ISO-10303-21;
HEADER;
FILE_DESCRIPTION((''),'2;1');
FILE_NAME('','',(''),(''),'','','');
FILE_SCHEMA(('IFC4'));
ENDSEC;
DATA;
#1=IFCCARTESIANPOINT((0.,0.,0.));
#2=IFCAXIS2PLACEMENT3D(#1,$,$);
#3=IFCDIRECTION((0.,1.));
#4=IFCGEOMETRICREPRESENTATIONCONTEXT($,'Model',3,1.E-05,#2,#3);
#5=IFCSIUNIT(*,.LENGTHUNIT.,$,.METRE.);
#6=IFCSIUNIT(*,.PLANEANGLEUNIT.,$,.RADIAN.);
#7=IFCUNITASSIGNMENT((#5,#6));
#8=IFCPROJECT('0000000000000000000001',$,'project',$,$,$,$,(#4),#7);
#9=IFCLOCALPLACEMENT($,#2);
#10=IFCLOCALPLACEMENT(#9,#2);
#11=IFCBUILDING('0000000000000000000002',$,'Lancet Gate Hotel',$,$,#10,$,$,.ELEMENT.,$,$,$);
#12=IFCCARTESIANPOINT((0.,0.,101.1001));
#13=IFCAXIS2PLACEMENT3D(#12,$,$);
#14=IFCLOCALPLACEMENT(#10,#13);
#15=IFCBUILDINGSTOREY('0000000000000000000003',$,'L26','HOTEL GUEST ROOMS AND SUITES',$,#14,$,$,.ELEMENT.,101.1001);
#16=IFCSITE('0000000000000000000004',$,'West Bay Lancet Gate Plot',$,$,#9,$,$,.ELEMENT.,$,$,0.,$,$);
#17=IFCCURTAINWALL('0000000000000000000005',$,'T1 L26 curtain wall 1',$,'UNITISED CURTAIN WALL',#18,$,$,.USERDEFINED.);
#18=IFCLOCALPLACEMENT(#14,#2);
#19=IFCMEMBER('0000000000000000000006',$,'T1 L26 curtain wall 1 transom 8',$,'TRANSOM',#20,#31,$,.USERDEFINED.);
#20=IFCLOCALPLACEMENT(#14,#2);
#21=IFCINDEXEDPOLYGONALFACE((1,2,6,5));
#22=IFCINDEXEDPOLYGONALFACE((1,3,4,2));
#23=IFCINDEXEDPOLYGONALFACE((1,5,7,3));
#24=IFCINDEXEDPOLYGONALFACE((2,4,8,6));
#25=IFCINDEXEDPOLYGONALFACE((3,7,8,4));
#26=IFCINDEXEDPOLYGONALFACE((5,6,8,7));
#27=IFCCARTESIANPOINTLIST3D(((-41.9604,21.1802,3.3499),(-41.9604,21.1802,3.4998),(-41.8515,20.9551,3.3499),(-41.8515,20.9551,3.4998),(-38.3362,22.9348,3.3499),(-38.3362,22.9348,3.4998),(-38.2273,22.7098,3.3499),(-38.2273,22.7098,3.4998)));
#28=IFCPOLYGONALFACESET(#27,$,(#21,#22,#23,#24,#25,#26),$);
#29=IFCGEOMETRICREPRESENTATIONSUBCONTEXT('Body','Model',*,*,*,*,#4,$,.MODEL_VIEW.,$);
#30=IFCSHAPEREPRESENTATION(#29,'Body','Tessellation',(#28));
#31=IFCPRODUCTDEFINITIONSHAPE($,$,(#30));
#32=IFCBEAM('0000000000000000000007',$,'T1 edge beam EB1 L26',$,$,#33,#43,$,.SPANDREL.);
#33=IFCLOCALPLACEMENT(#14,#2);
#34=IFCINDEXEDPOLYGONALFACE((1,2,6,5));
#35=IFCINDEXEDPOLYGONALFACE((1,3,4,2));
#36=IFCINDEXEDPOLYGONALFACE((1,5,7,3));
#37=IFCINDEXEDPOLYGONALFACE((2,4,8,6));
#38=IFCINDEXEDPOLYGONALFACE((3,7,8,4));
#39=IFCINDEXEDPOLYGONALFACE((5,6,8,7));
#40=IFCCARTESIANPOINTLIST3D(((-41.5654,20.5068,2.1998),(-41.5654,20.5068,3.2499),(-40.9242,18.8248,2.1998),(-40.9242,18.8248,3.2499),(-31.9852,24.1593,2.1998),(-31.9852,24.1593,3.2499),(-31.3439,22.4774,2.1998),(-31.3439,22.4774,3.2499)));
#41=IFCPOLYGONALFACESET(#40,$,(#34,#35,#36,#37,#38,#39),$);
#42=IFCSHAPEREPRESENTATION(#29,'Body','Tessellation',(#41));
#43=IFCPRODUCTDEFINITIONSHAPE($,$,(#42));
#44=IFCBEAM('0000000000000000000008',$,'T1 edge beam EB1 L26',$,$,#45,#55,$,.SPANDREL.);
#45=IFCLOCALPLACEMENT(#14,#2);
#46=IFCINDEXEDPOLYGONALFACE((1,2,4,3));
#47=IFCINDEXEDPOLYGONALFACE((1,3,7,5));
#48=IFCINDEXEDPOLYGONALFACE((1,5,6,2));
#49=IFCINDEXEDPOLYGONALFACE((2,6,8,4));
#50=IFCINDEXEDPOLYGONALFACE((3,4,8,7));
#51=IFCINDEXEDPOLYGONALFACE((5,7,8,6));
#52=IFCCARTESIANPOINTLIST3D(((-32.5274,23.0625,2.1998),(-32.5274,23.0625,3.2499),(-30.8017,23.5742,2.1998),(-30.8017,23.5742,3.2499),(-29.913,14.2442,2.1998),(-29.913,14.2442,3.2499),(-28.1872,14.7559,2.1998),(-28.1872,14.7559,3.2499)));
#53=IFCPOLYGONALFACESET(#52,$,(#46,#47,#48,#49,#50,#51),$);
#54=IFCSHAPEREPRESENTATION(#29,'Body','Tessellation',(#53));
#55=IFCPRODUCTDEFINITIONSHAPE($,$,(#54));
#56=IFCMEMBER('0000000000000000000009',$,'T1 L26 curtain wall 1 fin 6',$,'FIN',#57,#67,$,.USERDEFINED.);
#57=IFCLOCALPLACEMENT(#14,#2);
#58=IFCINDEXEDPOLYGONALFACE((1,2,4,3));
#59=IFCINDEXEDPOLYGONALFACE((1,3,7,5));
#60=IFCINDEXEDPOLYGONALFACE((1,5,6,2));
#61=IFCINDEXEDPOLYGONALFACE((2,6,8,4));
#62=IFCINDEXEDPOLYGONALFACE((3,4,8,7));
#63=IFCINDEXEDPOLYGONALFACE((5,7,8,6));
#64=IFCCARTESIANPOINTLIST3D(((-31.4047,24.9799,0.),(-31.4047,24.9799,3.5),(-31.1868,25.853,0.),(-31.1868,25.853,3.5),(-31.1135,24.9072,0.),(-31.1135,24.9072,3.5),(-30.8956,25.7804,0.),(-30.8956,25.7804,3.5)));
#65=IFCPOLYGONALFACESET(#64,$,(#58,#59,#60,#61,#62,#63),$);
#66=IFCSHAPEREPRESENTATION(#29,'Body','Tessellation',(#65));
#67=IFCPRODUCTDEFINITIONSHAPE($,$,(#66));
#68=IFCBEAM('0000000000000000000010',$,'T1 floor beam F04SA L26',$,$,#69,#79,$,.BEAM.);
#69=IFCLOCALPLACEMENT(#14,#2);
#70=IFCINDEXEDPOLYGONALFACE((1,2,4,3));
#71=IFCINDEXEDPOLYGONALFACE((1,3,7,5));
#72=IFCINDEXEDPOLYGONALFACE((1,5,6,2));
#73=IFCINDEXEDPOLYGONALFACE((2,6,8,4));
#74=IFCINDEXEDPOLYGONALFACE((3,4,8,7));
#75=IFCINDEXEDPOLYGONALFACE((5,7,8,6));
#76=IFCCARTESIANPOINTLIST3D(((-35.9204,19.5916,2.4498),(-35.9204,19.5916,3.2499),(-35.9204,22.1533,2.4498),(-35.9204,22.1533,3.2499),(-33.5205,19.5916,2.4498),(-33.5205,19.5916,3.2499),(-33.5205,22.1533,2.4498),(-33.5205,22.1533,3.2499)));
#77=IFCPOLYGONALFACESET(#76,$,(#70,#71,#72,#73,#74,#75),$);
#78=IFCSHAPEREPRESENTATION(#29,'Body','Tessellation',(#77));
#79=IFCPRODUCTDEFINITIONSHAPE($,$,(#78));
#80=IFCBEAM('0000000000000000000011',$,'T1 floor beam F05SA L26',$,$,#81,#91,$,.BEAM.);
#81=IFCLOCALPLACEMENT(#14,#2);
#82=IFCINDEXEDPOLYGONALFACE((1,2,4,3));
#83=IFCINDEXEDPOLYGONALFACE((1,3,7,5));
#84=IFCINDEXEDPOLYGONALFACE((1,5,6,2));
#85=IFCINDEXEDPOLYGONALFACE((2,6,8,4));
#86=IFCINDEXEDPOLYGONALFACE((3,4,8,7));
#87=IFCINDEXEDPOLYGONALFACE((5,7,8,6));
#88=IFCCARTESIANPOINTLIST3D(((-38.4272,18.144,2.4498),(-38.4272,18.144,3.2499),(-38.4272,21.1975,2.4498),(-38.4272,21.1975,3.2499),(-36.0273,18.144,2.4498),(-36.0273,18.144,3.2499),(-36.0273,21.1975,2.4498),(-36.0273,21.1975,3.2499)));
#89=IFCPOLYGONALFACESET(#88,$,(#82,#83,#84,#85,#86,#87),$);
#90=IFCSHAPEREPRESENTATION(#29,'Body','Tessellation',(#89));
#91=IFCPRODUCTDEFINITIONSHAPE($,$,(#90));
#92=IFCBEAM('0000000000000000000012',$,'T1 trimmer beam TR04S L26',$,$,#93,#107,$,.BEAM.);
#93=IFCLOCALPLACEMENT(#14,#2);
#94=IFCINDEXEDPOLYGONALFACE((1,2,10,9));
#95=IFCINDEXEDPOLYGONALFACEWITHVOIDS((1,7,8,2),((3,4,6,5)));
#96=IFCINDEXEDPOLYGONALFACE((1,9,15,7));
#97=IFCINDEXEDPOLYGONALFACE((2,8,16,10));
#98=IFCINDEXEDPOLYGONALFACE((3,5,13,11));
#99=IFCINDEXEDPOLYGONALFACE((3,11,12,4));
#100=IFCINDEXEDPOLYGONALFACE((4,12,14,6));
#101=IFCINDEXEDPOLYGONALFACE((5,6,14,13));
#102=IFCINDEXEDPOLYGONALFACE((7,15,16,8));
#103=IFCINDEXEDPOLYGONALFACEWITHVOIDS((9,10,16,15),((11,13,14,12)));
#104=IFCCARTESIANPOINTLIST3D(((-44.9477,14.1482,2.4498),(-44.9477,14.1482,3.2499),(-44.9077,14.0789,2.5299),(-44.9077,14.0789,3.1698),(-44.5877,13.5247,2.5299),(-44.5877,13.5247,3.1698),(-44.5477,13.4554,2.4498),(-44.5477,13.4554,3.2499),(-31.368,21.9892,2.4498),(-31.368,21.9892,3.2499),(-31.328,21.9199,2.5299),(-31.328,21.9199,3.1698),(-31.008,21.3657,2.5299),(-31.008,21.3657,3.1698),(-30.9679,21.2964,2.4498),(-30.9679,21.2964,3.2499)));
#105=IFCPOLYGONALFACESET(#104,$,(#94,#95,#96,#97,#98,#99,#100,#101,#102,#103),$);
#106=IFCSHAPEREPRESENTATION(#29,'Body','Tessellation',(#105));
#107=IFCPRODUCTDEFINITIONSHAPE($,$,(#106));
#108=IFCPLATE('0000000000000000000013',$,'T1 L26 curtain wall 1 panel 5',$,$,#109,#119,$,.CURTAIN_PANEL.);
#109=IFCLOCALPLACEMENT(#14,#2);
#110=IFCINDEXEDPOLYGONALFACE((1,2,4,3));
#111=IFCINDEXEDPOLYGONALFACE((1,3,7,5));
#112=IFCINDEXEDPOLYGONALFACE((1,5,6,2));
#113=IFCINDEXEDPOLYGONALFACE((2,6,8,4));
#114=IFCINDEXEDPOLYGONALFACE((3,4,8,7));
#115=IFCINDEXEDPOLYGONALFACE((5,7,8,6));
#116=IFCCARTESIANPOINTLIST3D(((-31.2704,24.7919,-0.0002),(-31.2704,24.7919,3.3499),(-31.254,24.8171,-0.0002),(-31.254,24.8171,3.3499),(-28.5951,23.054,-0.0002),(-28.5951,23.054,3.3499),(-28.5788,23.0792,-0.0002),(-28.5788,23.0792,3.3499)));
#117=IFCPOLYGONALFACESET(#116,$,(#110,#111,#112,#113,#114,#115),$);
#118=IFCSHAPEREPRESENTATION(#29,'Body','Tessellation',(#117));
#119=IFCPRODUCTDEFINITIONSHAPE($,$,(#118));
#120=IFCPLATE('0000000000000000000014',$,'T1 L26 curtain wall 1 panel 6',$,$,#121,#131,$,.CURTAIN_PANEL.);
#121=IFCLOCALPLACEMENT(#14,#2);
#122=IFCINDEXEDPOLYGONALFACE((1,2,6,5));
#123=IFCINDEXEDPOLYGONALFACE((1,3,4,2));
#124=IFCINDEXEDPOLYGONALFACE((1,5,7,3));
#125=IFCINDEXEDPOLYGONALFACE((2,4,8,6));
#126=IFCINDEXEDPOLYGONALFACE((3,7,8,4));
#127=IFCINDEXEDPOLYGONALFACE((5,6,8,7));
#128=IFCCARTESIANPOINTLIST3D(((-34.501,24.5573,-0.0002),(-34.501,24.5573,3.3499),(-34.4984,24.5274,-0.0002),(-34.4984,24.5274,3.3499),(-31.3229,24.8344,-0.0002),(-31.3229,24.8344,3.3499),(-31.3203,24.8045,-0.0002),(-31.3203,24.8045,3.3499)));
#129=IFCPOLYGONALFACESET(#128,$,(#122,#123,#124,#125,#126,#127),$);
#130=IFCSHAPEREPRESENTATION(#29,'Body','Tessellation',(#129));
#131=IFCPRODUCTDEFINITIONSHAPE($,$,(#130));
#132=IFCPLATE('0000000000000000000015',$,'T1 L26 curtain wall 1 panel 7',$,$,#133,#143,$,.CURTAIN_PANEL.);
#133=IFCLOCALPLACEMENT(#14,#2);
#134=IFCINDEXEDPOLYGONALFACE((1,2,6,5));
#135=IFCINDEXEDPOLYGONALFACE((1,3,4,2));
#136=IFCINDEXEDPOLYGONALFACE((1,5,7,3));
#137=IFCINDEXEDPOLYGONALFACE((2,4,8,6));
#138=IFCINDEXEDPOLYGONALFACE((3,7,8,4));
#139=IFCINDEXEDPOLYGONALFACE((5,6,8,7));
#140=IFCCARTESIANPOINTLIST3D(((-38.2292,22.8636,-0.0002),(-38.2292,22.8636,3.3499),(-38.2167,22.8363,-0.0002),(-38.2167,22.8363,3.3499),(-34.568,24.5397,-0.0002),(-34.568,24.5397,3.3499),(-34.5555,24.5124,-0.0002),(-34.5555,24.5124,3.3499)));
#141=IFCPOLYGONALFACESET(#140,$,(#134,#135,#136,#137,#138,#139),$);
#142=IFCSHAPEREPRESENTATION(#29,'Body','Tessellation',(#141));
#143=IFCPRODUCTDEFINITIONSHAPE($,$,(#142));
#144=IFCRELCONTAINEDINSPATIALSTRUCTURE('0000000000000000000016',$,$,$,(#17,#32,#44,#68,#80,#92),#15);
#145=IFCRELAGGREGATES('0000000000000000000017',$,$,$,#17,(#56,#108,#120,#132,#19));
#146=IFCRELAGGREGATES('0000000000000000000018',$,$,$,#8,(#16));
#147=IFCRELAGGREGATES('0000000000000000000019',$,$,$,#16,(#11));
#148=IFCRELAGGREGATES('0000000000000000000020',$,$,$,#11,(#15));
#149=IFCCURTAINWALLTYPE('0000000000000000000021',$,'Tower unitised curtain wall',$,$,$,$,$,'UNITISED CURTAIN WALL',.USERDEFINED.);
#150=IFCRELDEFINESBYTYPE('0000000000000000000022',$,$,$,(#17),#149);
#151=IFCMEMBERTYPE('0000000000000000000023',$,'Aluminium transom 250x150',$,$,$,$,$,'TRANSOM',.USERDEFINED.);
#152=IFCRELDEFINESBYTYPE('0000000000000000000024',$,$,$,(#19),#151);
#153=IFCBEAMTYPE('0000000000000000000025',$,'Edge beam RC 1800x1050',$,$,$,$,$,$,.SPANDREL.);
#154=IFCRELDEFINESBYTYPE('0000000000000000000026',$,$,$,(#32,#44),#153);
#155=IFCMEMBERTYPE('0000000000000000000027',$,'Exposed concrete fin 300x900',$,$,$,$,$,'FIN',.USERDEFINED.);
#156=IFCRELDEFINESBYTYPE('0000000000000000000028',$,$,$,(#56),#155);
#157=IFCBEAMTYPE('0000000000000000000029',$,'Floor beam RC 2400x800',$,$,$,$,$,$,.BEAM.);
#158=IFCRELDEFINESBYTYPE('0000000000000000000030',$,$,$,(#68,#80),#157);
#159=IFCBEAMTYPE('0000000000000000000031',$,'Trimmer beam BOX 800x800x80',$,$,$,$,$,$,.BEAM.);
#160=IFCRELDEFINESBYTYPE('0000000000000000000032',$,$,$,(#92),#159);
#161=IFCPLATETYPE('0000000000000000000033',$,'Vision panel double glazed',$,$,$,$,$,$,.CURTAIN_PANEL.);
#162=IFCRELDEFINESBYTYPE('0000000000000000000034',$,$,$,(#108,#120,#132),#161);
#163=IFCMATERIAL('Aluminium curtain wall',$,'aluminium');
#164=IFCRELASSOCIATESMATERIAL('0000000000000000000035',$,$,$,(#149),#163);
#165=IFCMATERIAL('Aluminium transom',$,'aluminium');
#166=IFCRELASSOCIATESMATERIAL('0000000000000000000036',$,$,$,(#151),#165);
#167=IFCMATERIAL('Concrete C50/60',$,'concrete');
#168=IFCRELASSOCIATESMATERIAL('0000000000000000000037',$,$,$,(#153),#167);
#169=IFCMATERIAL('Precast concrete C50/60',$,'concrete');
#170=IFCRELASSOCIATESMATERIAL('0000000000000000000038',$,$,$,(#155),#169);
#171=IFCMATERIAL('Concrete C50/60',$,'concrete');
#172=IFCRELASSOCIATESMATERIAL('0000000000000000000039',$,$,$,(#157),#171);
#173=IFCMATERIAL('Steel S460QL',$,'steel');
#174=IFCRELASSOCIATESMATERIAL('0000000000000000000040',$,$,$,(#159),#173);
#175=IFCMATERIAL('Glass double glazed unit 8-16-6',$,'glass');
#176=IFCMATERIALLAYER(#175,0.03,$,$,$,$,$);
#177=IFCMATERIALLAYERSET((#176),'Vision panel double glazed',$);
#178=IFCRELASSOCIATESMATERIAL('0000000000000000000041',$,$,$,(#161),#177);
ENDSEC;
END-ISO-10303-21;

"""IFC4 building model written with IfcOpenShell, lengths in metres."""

from ifc_helpers import new_model, si_unit, direction, frame, origin, origin_2d, place, context, subcontext, project, spatial, rectangle, hollow_rectangle, extrude, material, layer, layer_set, material_profile, profile_set, type_object, element, aggregate, save


model = new_model("IFC4")

# Units and contexts
model_context = context("Model", 3, precision=1e-05, world=origin(), true_north=direction((0.0, 1.0)))
body_context = subcontext(model_context, "Body", "Model", "MODEL_VIEW")
ifc_project = project(units=[si_unit("LENGTHUNIT", "METRE"), si_unit("PLANEANGLEUNIT", "RADIAN")], contexts=[model_context])

# Site, building, storey
site_placement = place(None, origin())
site = spatial("IfcSite", under=ifc_project, at=site_placement, Name="West Bay Lancet Gate Plot", CompositionType="ELEMENT", RefElevation=0.0)
building_placement = place(site_placement, origin())
building = spatial("IfcBuilding", under=site, at=building_placement, Name="Lancet Gate Hotel", CompositionType="ELEMENT")
storey_placement = place(building_placement, frame((0.0, 0.0, 101.1001)))
storey = spatial("IfcBuildingStorey", under=building, at=storey_placement, Name="L26", Description="HOTEL GUEST ROOMS AND SUITES", CompositionType="ELEMENT", Elevation=101.1001)

# Curtain wall, member
ifc_material_1 = material(Name="Aluminium curtain wall", Category="aluminium")
curtain_wall_type = type_object("IfcCurtainWallType", Name="Tower unitised curtain wall", ElementType="UNITISED CURTAIN WALL", PredefinedType="USERDEFINED", material=ifc_material_1)
curtain_wall_placement = place(storey_placement, origin())
curtain_wall = element("IfcCurtainWall", 1, at=curtain_wall_placement, inside=storey, type_object=curtain_wall_type, Name="T1 L26 curtain wall 1", ObjectType="UNITISED CURTAIN WALL", PredefinedType="USERDEFINED")
ifc_material_2 = material(Name="Aluminium transom", Category="aluminium")
ifc_material_profile_1 = material_profile(ifc_material_2, rectangle(XDim=0.25, YDim=0.1499, at=origin_2d()), Name="TRANSOM 250x150")
ifc_profile_set_1 = profile_set([ifc_material_profile_1], Name="Aluminium transom")
member_type_1 = type_object("IfcMemberType", Name="Aluminium transom 250x150", ElementType="TRANSOM", PredefinedType="USERDEFINED", material=ifc_profile_set_1)
member_1_placement = place(storey_placement, frame((-38.2817, 22.8223, 3.4248), z_axis=(-0.900066, -0.435754, 0.0), x_axis=(0.435754, -0.900066, 0.0)))
member_1 = element("IfcMember", 2, at=member_1_placement, type_object=member_type_1, Name="T1 L26 curtain wall 1 transom 8", ObjectType="TRANSOM", PredefinedType="USERDEFINED", context=body_context, shape_type="SweptSolid", body=[
    extrude(rectangle(XDim=0.25, YDim=0.1499, at=origin_2d()), origin(), (0.0, 0.0, 1.0), 4.0266),
])

# Beams
ifc_material_3 = material(Name="Concrete C50/60", Category="concrete")
ifc_material_profile_2 = material_profile(ifc_material_3, rectangle(XDim=1.8, YDim=1.05, at=origin_2d()), Name="RC 1800x1050")
ifc_profile_set_2 = profile_set([ifc_material_profile_2], Name="Concrete C50/60")
beam_type_1 = type_object("IfcBeamType", Name="Edge beam RC 1800x1050", PredefinedType="SPANDREL", material=ifc_profile_set_2)
beam_1_placement = place(storey_placement, frame((-31.6646, 23.3184, 2.7249), z_axis=(-0.934392, -0.356246, 0.0), x_axis=(0.356246, -0.934392, 0.0)))
element("IfcBeam", 3, at=beam_1_placement, inside=storey, type_object=beam_type_1, Name="T1 edge beam EB1 L26", PredefinedType="SPANDREL", context=body_context, shape_type="SweptSolid", body=[
    extrude(rectangle(XDim=1.8, YDim=1.05, at=origin_2d()), origin(), (0.0, 0.0, 1.0), 10.2529),
])
beam_2_placement = place(storey_placement, frame((-31.6646, 23.3184, 2.7249), z_axis=(0.284254, -0.958749, 0.0), x_axis=(0.958749, 0.284254, 0.0)))
element("IfcBeam", 4, at=beam_2_placement, inside=storey, type_object=beam_type_1, Name="T1 edge beam EB1 L26", PredefinedType="SPANDREL", context=body_context, shape_type="SweptSolid", body=[
    extrude(rectangle(XDim=1.8, YDim=1.05, at=origin_2d()), origin(), (0.0, 0.0, 1.0), 9.1978),
])

# Member
ifc_material_4 = material(Name="Precast concrete C50/60", Category="concrete")
ifc_material_profile_3 = material_profile(ifc_material_4, rectangle(XDim=0.3, YDim=0.8999, at=origin_2d()), Name="FIN 300x900")
ifc_profile_set_3 = profile_set([ifc_material_profile_3], Name="Precast concrete C50/60")
member_type_2 = type_object("IfcMemberType", Name="Exposed concrete fin 300x900", ElementType="FIN", PredefinedType="USERDEFINED", material=ifc_profile_set_3)
member_2_placement = place(storey_placement, frame((-31.1501, 25.3801, 0.0), z_axis=(0.0, 0.0, 1.0), x_axis=(-0.970242, 0.242137, 0.0)))
member_2 = element("IfcMember", 5, at=member_2_placement, type_object=member_type_2, Name="T1 L26 curtain wall 1 fin 6", ObjectType="FIN", PredefinedType="USERDEFINED", context=body_context, shape_type="SweptSolid", body=[
    extrude(rectangle(XDim=0.3, YDim=0.8999, at=origin_2d()), origin(), (0.0, 0.0, 1.0), 3.5),
])

# Beams
ifc_material_5 = material(Name="Concrete C50/60", Category="concrete")
ifc_material_profile_4 = material_profile(ifc_material_5, rectangle(XDim=2.3999, YDim=0.8, at=origin_2d()), Name="RC 2400x800")
ifc_profile_set_4 = profile_set([ifc_material_profile_4], Name="Concrete C50/60")
beam_type_2 = type_object("IfcBeamType", Name="Floor beam RC 2400x800", PredefinedType="BEAM", material=ifc_profile_set_4)
beam_3_placement = place(storey_placement, frame((-34.7205, 22.1533, 2.8499), z_axis=(0.0, -1.0, 0.0), x_axis=(1.0, 0.0, 0.0)))
element("IfcBeam", 6, at=beam_3_placement, inside=storey, type_object=beam_type_2, Name="T1 floor beam F04SA L26", PredefinedType="BEAM", context=body_context, shape_type="SweptSolid", body=[
    extrude(rectangle(XDim=2.3999, YDim=0.8, at=origin_2d()), origin(), (0.0, 0.0, 1.0), 2.5618),
])
beam_4_placement = place(storey_placement, frame((-37.2273, 21.1975, 2.8499), z_axis=(0.0, -1.0, 0.0), x_axis=(1.0, 0.0, 0.0)))
element("IfcBeam", 7, at=beam_4_placement, inside=storey, type_object=beam_type_2, Name="T1 floor beam F05SA L26", PredefinedType="BEAM", context=body_context, shape_type="SweptSolid", body=[
    extrude(rectangle(XDim=2.3999, YDim=0.8, at=origin_2d()), origin(), (0.0, 0.0, 1.0), 3.0535),
])
ifc_material_6 = material(Name="Steel S460QL", Category="steel")
ifc_material_profile_5 = material_profile(ifc_material_6, hollow_rectangle(XDim=0.8, YDim=0.8, WallThickness=0.0801, at=origin_2d()), Name="BOX 800x800x80")
ifc_profile_set_5 = profile_set([ifc_material_profile_5], Name="Steel S460QL")
beam_type_3 = type_object("IfcBeamType", Name="Trimmer beam BOX 800x800x80", PredefinedType="BEAM", material=ifc_profile_set_5)
beam_5_placement = place(storey_placement, frame((-31.168, 21.6428, 2.8499), z_axis=(-0.866005, -0.500036, 0.0), x_axis=(0.500036, -0.866005, 0.0)))
element("IfcBeam", 8, at=beam_5_placement, inside=storey, type_object=beam_type_3, Name="T1 trimmer beam TR04S L26", PredefinedType="BEAM", context=body_context, shape_type="SweptSolid", body=[
    extrude(hollow_rectangle(XDim=0.8, YDim=0.8, WallThickness=0.0801, at=origin_2d()), origin(), (0.0, 0.0, 1.0), 15.6809),
])

# Plates
ifc_material_7 = material(Name="Glass double glazed unit 8-16-6", Category="glass")
ifc_layer = layer(ifc_material_7, 0.03)
ifc_layer_set = layer_set([ifc_layer], Name="Vision panel double glazed")
plate_type = type_object("IfcPlateType", Name="Vision panel double glazed", PredefinedType="CURTAIN_PANEL", material=ifc_layer_set)
plate_1_placement = place(storey_placement, frame((-29.9246, 23.9355, -0.0002), z_axis=(0.0, 0.0, 1.0), x_axis=(-0.83858, 0.544778, 0.0)))
plate_1 = element("IfcPlate", 9, at=plate_1_placement, type_object=plate_type, Name="T1 L26 curtain wall 1 panel 5", PredefinedType="CURTAIN_PANEL", context=body_context, shape_type="SweptSolid", body=[
    extrude(rectangle(XDim=3.1902, YDim=0.03, at=origin_2d()), origin(), (0.0, 0.0, 1.0), 3.3501),
])
plate_2_placement = place(storey_placement, frame((-32.9106, 24.6809, -0.0002), z_axis=(0.0, 0.0, 1.0), x_axis=(-0.996219, -0.08688, 0.0)))
plate_2 = element("IfcPlate", 10, at=plate_2_placement, type_object=plate_type, Name="T1 L26 curtain wall 1 panel 6", PredefinedType="CURTAIN_PANEL", context=body_context, shape_type="SweptSolid", body=[
    extrude(rectangle(XDim=3.1902, YDim=0.03, at=origin_2d()), origin(), (0.0, 0.0, 1.0), 3.3501),
])
plate_3_placement = place(storey_placement, frame((-36.3923, 23.688, -0.0002), z_axis=(0.0, 0.0, 1.0), x_axis=(-0.909253, -0.416245, 0.0)))
plate_3 = element("IfcPlate", 11, at=plate_3_placement, type_object=plate_type, Name="T1 L26 curtain wall 1 panel 7", PredefinedType="CURTAIN_PANEL", context=body_context, shape_type="SweptSolid", body=[
    extrude(rectangle(XDim=4.0266, YDim=0.03, at=origin_2d()), origin(), (0.0, 0.0, 1.0), 3.3501),
])
aggregate(curtain_wall, [member_2, plate_1, plate_2, plate_3, member_1])

save(model, "model.ifc")
